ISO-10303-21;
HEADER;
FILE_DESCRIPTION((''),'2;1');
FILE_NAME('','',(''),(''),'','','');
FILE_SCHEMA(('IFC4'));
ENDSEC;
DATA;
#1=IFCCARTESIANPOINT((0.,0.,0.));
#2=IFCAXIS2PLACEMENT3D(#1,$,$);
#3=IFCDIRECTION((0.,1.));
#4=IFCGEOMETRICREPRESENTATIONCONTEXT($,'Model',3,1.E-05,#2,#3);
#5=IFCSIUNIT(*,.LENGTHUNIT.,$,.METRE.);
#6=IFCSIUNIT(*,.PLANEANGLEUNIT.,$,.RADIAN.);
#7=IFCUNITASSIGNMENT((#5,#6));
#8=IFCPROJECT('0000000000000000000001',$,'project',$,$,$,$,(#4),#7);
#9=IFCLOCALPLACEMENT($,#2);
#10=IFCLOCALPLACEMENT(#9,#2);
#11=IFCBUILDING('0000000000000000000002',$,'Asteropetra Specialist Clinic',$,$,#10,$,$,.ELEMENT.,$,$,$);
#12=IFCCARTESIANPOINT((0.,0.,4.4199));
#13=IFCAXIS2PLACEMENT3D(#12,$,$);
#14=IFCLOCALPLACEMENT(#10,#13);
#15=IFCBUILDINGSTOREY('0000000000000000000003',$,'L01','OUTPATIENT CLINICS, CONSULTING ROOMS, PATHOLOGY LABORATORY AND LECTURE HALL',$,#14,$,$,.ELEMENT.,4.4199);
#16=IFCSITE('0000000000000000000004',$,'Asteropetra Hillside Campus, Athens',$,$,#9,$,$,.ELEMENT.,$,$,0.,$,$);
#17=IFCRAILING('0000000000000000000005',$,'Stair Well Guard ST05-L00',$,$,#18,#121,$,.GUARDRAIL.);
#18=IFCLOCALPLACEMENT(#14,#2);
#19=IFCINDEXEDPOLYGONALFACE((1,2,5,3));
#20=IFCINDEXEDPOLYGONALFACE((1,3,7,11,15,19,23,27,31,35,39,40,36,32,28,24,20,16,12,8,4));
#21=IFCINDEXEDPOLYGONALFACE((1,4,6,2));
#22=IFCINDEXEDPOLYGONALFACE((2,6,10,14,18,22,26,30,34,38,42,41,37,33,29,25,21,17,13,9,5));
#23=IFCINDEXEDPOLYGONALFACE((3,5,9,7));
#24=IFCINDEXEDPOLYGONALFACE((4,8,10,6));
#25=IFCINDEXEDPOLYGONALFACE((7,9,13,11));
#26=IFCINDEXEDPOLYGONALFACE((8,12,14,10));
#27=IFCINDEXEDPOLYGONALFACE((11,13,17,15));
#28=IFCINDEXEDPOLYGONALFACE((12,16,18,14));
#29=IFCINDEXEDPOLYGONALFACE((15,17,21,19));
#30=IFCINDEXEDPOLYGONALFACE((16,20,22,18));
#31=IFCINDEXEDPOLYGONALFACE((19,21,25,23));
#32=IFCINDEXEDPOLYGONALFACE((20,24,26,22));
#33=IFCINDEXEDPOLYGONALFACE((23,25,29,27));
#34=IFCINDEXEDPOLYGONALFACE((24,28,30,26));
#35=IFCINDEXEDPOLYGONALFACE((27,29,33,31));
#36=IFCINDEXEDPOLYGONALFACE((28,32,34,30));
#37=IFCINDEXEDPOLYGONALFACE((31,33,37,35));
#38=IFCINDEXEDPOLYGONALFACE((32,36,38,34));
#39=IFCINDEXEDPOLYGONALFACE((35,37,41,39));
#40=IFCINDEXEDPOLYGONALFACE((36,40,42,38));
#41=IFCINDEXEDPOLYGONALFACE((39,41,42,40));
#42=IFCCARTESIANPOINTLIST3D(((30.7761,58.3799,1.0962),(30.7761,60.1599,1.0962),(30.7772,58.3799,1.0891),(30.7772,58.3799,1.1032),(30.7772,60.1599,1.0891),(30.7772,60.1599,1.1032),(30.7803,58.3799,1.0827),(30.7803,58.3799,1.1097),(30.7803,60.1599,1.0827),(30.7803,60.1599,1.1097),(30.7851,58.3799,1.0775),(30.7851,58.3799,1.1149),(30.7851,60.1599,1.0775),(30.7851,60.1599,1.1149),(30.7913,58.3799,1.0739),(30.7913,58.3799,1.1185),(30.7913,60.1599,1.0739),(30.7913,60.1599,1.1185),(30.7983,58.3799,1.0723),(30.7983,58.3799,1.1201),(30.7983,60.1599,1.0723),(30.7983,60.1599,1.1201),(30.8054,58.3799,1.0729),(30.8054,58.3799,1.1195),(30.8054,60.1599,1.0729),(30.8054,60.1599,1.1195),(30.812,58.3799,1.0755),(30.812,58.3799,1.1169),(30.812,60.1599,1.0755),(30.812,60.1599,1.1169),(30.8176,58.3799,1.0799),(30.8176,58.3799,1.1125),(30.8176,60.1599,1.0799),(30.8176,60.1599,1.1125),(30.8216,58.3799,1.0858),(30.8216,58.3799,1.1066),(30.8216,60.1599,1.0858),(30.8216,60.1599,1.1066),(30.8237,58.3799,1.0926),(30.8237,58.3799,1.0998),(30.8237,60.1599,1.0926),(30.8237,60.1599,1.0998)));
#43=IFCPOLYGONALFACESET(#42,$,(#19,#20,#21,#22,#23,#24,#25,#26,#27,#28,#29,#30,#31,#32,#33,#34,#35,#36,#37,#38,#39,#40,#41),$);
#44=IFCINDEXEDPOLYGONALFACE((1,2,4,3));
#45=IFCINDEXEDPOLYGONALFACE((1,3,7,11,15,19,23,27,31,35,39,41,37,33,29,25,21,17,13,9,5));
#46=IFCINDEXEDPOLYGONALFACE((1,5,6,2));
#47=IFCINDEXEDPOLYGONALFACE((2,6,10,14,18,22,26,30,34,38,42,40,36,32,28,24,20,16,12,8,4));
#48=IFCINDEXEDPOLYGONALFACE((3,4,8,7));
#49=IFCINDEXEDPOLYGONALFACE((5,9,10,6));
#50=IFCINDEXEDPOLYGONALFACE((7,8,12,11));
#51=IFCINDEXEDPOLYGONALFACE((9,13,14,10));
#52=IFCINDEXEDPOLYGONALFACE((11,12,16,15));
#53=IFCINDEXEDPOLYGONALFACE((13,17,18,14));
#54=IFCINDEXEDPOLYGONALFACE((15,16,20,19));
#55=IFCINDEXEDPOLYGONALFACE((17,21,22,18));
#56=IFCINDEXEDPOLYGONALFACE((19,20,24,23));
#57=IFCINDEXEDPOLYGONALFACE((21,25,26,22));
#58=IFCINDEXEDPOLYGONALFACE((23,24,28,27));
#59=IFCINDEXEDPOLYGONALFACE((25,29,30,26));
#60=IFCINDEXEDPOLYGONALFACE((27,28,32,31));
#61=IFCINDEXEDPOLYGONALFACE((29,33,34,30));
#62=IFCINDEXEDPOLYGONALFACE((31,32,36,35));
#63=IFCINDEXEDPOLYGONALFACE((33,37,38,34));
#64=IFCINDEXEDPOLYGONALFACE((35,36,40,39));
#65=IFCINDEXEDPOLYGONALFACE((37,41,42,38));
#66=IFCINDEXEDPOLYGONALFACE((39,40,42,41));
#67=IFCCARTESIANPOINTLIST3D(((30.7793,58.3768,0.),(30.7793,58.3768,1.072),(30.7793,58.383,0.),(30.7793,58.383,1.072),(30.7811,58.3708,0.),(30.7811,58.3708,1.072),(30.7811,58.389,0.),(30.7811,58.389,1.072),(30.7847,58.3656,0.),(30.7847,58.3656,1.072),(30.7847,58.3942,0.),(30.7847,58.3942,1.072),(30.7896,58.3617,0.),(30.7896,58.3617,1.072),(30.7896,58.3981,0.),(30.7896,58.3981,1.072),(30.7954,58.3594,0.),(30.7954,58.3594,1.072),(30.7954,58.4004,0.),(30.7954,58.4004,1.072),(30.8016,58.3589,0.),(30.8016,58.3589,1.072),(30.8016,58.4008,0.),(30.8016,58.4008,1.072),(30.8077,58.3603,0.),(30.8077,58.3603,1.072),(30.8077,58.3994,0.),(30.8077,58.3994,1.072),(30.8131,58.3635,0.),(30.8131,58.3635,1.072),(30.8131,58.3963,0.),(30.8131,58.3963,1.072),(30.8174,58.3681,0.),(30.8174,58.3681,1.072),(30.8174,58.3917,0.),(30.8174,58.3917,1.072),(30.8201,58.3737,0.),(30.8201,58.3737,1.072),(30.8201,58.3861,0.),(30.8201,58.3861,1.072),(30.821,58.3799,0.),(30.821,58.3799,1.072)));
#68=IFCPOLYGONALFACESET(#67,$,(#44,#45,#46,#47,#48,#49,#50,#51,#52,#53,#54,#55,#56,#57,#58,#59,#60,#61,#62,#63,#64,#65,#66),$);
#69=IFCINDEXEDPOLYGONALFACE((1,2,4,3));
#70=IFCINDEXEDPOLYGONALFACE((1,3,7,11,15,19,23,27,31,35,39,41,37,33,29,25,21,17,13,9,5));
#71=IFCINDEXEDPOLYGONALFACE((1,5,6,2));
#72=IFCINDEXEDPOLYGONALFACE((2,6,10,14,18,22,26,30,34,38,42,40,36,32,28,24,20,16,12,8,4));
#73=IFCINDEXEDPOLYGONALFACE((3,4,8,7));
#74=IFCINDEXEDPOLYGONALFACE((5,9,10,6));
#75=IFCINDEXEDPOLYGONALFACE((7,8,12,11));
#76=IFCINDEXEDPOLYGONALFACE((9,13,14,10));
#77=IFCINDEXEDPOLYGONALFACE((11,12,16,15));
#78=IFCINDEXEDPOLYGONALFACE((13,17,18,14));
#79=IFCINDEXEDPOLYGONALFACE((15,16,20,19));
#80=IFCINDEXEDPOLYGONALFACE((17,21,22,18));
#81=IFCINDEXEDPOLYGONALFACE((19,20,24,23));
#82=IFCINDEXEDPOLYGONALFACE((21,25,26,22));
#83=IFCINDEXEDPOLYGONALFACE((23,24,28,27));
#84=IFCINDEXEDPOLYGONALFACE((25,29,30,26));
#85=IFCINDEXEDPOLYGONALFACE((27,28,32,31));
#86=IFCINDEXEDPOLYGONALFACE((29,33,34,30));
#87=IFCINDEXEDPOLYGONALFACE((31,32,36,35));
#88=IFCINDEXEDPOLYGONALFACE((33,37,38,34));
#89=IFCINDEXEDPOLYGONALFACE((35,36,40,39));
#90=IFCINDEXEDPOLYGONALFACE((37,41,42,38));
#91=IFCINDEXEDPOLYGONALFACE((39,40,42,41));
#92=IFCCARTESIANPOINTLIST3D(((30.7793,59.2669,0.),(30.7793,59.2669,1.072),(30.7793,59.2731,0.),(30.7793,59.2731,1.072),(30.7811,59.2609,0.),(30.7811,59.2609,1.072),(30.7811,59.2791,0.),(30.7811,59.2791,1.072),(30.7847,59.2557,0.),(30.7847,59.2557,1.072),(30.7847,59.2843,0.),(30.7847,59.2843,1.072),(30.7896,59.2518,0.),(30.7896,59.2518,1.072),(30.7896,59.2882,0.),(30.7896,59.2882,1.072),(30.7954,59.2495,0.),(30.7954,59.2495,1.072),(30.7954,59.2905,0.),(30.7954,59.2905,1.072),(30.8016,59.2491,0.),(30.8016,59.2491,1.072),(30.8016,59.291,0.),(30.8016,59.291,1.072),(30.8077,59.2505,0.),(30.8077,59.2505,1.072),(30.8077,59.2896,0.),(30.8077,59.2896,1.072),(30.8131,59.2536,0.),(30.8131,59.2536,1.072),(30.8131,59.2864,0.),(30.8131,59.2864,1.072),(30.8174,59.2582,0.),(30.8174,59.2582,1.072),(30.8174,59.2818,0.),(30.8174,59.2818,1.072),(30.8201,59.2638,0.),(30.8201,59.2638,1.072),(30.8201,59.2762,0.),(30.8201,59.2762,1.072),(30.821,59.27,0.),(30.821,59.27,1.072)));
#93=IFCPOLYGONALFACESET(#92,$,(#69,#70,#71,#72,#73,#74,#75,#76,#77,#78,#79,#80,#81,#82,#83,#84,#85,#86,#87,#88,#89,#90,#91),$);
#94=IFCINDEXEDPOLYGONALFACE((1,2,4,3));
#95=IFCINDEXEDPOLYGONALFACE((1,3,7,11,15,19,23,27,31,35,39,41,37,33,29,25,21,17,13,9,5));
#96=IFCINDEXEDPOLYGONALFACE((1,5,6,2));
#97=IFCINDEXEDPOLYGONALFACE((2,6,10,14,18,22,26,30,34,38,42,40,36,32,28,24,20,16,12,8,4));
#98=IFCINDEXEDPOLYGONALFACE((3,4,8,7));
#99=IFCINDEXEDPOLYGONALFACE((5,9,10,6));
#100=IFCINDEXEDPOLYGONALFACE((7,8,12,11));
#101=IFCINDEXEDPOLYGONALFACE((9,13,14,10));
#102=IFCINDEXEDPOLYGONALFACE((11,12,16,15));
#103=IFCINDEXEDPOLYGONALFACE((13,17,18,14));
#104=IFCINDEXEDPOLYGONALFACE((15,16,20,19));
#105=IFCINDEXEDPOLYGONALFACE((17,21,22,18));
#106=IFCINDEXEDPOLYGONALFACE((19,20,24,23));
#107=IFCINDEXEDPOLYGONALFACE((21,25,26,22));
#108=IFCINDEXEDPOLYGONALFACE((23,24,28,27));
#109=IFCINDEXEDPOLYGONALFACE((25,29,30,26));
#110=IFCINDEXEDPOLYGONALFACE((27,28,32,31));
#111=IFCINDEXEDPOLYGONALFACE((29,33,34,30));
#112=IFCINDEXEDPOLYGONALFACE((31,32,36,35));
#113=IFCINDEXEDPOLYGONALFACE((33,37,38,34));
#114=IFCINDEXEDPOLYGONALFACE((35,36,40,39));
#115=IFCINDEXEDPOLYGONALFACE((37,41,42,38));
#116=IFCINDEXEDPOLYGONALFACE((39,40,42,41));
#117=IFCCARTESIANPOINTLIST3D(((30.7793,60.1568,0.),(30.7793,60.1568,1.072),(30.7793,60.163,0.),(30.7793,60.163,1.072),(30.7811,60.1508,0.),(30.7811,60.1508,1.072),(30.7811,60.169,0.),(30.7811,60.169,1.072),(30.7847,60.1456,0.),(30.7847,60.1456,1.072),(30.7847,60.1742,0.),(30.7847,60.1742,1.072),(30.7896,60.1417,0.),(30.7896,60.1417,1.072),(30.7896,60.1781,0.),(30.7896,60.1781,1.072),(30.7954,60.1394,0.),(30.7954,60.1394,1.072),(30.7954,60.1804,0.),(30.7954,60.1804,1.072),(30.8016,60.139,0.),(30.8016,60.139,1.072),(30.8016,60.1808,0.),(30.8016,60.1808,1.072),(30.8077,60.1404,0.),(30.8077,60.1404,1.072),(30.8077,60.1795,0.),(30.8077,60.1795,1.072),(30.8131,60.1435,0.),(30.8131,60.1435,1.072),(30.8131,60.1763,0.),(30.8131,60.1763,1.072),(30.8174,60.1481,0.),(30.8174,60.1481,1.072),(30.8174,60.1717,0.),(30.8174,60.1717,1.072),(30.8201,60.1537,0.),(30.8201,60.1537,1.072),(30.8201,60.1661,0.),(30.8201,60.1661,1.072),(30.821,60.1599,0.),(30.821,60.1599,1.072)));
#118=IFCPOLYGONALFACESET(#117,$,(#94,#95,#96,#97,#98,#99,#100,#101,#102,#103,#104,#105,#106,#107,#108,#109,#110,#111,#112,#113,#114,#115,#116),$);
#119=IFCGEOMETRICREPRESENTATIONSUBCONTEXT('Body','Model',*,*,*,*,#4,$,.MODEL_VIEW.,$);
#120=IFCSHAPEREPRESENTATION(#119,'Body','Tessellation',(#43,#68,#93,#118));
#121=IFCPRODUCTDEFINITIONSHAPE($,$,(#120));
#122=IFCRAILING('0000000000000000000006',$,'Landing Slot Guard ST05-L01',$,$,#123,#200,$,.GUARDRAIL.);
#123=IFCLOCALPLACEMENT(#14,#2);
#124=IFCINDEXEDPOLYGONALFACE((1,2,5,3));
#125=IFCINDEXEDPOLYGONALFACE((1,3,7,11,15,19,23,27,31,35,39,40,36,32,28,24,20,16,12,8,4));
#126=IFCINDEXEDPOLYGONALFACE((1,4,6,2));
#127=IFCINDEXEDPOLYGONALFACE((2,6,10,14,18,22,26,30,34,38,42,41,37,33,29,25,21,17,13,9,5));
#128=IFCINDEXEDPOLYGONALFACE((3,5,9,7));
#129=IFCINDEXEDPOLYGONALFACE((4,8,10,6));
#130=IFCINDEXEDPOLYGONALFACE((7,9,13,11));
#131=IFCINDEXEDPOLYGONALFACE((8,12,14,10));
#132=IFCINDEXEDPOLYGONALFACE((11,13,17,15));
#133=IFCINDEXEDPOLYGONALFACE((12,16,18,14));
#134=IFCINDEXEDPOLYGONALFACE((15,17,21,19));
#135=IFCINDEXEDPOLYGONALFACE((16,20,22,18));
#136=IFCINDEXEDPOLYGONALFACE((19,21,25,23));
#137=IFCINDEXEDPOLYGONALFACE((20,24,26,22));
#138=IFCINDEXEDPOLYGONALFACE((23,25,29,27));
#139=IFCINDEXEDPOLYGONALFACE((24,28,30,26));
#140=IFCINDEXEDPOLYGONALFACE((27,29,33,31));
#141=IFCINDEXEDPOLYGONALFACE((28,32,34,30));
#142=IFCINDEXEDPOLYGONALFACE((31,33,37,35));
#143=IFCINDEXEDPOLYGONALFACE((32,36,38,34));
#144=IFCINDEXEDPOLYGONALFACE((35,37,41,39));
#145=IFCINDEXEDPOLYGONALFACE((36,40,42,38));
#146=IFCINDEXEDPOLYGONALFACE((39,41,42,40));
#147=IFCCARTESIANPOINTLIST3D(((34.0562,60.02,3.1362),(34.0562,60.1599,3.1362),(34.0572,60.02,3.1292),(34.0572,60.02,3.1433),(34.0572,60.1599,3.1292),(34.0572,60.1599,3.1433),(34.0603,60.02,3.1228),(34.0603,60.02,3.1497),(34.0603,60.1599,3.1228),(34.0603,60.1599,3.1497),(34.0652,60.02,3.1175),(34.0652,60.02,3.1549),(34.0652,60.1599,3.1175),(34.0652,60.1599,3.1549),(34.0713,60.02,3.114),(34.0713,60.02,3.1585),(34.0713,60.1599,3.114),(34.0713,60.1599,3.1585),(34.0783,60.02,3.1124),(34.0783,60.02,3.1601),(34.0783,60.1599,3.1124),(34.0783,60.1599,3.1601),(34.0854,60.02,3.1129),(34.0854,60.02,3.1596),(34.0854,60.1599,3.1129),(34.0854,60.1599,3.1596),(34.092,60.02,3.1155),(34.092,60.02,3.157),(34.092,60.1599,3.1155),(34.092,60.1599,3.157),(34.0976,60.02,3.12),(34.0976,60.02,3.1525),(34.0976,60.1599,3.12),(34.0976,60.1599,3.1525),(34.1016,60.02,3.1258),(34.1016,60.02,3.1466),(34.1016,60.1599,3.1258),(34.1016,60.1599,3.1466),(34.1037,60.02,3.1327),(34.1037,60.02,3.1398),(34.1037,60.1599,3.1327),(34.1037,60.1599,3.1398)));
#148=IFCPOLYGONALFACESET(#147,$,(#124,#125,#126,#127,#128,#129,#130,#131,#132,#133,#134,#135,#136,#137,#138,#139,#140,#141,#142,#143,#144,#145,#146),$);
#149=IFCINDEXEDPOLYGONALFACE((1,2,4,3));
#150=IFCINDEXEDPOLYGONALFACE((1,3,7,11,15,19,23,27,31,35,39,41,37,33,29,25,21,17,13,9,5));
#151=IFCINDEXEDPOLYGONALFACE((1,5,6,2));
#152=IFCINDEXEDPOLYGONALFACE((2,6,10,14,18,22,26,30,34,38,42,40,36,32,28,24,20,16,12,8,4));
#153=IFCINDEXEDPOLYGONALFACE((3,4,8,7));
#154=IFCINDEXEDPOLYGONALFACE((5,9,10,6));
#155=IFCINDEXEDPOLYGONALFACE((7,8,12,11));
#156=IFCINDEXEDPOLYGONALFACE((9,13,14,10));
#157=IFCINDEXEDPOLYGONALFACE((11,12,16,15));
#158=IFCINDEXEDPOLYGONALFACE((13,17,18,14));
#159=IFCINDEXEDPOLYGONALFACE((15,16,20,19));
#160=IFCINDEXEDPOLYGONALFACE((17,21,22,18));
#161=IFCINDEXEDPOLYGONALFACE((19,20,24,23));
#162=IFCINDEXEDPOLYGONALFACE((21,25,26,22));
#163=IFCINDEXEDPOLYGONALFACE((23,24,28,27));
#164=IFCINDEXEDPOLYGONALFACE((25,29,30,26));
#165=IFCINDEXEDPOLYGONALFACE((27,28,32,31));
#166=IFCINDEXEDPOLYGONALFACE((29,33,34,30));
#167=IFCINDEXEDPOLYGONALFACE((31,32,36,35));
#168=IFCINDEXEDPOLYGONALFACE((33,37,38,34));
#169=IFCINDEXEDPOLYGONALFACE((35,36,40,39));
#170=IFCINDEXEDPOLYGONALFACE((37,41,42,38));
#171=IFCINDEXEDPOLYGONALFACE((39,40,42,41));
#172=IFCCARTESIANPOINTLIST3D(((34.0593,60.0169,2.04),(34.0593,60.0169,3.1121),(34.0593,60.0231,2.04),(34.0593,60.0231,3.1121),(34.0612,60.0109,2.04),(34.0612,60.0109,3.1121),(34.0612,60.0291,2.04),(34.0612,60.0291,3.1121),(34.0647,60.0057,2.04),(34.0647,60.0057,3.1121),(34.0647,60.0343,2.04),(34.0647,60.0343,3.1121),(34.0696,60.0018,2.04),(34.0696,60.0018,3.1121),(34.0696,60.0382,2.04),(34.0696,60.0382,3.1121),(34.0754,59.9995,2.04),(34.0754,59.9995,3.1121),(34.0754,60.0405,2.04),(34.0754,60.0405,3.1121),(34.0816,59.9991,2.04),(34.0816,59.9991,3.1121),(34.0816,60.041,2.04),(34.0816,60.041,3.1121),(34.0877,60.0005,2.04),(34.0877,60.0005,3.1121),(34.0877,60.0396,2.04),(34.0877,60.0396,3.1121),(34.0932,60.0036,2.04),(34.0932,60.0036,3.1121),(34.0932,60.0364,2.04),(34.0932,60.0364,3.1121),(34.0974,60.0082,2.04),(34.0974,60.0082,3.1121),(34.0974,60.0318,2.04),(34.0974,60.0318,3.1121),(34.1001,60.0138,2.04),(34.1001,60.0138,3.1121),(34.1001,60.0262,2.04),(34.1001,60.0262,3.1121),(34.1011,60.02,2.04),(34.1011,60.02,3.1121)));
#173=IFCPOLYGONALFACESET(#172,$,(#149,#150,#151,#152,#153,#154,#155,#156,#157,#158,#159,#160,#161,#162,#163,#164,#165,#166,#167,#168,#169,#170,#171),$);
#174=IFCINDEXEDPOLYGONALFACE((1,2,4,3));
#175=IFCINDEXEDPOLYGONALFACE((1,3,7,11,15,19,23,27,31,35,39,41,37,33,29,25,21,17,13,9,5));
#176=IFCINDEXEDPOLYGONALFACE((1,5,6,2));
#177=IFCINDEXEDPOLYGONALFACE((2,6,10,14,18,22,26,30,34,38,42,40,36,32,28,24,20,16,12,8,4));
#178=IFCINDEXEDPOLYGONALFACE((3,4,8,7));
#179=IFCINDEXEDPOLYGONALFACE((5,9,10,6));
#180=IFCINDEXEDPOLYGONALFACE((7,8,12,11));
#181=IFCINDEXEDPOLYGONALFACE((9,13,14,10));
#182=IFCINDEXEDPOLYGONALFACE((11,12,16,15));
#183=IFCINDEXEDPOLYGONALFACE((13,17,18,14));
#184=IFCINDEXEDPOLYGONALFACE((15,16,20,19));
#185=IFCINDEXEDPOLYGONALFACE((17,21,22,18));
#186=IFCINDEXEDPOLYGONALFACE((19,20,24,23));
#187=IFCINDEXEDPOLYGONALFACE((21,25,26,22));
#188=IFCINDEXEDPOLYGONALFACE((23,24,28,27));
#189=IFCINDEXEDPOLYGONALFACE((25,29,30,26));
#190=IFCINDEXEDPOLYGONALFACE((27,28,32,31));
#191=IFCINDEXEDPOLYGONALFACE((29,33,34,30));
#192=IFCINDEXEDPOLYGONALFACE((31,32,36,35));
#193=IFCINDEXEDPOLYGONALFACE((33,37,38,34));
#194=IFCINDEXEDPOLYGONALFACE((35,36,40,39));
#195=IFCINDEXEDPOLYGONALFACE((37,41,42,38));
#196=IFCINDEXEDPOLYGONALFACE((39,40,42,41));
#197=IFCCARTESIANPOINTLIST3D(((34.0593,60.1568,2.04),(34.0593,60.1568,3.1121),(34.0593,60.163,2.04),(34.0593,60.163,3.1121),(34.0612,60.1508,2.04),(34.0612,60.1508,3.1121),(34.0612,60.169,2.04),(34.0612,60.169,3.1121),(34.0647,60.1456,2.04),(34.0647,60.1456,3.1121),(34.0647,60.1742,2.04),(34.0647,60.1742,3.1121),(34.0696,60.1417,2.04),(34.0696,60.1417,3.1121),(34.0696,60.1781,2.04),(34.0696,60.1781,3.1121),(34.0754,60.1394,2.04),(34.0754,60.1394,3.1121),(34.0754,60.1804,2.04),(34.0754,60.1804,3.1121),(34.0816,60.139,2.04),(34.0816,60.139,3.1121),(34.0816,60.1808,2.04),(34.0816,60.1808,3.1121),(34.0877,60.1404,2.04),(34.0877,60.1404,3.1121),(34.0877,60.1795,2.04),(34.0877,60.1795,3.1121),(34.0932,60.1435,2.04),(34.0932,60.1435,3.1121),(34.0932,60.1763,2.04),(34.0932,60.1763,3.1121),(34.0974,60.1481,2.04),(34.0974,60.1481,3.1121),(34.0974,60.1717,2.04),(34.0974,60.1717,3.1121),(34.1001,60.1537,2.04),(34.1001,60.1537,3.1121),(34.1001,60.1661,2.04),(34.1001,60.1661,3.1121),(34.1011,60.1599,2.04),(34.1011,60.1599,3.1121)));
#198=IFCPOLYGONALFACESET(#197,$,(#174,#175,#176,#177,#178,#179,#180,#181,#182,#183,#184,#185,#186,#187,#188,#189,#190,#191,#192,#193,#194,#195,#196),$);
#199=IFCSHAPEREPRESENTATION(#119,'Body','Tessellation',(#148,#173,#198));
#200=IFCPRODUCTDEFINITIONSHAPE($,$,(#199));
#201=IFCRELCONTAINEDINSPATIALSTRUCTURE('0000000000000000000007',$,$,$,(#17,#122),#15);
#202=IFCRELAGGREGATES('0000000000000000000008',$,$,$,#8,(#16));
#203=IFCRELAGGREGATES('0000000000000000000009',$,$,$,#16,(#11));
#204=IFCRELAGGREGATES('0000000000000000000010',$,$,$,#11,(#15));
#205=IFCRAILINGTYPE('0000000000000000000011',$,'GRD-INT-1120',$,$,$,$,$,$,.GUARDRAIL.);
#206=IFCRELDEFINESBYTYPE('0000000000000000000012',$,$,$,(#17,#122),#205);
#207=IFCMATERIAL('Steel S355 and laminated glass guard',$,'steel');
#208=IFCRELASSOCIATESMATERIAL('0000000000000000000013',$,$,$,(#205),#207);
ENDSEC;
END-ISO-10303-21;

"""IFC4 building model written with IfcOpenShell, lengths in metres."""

from ifc_helpers import new_model, si_unit, direction, frame, origin, origin_2d, place, context, subcontext, project, spatial, circle, extrude, material, type_object, element, save


model = new_model("IFC4")

# Units and contexts
model_context = context("Model", 3, precision=1e-05, world=origin(), true_north=direction((0.0, 1.0)))
body_context = subcontext(model_context, "Body", "Model", "MODEL_VIEW")
ifc_project = project(units=[si_unit("LENGTHUNIT", "METRE"), si_unit("PLANEANGLEUNIT", "RADIAN")], contexts=[model_context])

# Site, building, storey
site_placement = place(None, origin())
site = spatial("IfcSite", under=ifc_project, at=site_placement, Name="Asteropetra Hillside Campus, Athens", CompositionType="ELEMENT", RefElevation=0.0)
building_placement = place(site_placement, origin())
building = spatial("IfcBuilding", under=site, at=building_placement, Name="Asteropetra Specialist Clinic", CompositionType="ELEMENT")
storey_placement = place(building_placement, frame((0.0, 0.0, 4.4199)))
storey = spatial("IfcBuildingStorey", under=building, at=storey_placement, Name="L01", Description="OUTPATIENT CLINICS, CONSULTING ROOMS, PATHOLOGY LABORATORY AND LECTURE HALL", CompositionType="ELEMENT", Elevation=4.4199)

# Railings
ifc_material_1 = material(Name="Steel S355 and laminated glass guard", Category="steel")
railing_type_1 = type_object("IfcRailingType", Name="GRD-INT-1120", PredefinedType="GUARDRAIL", material=ifc_material_1)
railing_1_placement = place(storey_placement, frame((30.8, 58.3799, 0.0)))
element("IfcRailing", 1, at=railing_1_placement, inside=storey, type_object=railing_type_1, Name="Stair Well Guard ST05-L00", PredefinedType="GUARDRAIL", context=body_context, shape_type="SweptSolid", body=[
    extrude(circle(Radius=0.0239, at=origin_2d()), frame((0.0, 0.0, 1.0962), z_axis=(0.0, 1.0, 0.0), x_axis=(-1.0, 0.0, 0.0)), (0.0, 0.0, 1.0), 1.78),
    extrude(circle(Radius=0.021, at=origin_2d()), origin(), (0.0, 0.0, 1.0), 1.072),
    extrude(circle(Radius=0.021, at=origin_2d()), frame((0.0, 0.8901, 0.0)), (0.0, 0.0, 1.0), 1.072),
    extrude(circle(Radius=0.021, at=origin_2d()), frame((0.0, 1.78, 0.0)), (0.0, 0.0, 1.0), 1.072),
])
railing_2_placement = place(storey_placement, frame((34.0801, 60.02, 2.04)))
element("IfcRailing", 2, at=railing_2_placement, inside=storey, type_object=railing_type_1, Name="Landing Slot Guard ST05-L01", PredefinedType="GUARDRAIL", context=body_context, shape_type="SweptSolid", body=[
    extrude(circle(Radius=0.0239, at=origin_2d()), frame((0.0, 0.0, 1.0962), z_axis=(0.0, 1.0, 0.0), x_axis=(-1.0, 0.0, 0.0)), (0.0, 0.0, 1.0), 0.1399),
    extrude(circle(Radius=0.021, at=origin_2d()), origin(), (0.0, 0.0, 1.0), 1.072),
    extrude(circle(Radius=0.021, at=origin_2d()), frame((0.0, 0.1399, 0.0)), (0.0, 0.0, 1.0), 1.072),
])

save(model, "model.ifc")
